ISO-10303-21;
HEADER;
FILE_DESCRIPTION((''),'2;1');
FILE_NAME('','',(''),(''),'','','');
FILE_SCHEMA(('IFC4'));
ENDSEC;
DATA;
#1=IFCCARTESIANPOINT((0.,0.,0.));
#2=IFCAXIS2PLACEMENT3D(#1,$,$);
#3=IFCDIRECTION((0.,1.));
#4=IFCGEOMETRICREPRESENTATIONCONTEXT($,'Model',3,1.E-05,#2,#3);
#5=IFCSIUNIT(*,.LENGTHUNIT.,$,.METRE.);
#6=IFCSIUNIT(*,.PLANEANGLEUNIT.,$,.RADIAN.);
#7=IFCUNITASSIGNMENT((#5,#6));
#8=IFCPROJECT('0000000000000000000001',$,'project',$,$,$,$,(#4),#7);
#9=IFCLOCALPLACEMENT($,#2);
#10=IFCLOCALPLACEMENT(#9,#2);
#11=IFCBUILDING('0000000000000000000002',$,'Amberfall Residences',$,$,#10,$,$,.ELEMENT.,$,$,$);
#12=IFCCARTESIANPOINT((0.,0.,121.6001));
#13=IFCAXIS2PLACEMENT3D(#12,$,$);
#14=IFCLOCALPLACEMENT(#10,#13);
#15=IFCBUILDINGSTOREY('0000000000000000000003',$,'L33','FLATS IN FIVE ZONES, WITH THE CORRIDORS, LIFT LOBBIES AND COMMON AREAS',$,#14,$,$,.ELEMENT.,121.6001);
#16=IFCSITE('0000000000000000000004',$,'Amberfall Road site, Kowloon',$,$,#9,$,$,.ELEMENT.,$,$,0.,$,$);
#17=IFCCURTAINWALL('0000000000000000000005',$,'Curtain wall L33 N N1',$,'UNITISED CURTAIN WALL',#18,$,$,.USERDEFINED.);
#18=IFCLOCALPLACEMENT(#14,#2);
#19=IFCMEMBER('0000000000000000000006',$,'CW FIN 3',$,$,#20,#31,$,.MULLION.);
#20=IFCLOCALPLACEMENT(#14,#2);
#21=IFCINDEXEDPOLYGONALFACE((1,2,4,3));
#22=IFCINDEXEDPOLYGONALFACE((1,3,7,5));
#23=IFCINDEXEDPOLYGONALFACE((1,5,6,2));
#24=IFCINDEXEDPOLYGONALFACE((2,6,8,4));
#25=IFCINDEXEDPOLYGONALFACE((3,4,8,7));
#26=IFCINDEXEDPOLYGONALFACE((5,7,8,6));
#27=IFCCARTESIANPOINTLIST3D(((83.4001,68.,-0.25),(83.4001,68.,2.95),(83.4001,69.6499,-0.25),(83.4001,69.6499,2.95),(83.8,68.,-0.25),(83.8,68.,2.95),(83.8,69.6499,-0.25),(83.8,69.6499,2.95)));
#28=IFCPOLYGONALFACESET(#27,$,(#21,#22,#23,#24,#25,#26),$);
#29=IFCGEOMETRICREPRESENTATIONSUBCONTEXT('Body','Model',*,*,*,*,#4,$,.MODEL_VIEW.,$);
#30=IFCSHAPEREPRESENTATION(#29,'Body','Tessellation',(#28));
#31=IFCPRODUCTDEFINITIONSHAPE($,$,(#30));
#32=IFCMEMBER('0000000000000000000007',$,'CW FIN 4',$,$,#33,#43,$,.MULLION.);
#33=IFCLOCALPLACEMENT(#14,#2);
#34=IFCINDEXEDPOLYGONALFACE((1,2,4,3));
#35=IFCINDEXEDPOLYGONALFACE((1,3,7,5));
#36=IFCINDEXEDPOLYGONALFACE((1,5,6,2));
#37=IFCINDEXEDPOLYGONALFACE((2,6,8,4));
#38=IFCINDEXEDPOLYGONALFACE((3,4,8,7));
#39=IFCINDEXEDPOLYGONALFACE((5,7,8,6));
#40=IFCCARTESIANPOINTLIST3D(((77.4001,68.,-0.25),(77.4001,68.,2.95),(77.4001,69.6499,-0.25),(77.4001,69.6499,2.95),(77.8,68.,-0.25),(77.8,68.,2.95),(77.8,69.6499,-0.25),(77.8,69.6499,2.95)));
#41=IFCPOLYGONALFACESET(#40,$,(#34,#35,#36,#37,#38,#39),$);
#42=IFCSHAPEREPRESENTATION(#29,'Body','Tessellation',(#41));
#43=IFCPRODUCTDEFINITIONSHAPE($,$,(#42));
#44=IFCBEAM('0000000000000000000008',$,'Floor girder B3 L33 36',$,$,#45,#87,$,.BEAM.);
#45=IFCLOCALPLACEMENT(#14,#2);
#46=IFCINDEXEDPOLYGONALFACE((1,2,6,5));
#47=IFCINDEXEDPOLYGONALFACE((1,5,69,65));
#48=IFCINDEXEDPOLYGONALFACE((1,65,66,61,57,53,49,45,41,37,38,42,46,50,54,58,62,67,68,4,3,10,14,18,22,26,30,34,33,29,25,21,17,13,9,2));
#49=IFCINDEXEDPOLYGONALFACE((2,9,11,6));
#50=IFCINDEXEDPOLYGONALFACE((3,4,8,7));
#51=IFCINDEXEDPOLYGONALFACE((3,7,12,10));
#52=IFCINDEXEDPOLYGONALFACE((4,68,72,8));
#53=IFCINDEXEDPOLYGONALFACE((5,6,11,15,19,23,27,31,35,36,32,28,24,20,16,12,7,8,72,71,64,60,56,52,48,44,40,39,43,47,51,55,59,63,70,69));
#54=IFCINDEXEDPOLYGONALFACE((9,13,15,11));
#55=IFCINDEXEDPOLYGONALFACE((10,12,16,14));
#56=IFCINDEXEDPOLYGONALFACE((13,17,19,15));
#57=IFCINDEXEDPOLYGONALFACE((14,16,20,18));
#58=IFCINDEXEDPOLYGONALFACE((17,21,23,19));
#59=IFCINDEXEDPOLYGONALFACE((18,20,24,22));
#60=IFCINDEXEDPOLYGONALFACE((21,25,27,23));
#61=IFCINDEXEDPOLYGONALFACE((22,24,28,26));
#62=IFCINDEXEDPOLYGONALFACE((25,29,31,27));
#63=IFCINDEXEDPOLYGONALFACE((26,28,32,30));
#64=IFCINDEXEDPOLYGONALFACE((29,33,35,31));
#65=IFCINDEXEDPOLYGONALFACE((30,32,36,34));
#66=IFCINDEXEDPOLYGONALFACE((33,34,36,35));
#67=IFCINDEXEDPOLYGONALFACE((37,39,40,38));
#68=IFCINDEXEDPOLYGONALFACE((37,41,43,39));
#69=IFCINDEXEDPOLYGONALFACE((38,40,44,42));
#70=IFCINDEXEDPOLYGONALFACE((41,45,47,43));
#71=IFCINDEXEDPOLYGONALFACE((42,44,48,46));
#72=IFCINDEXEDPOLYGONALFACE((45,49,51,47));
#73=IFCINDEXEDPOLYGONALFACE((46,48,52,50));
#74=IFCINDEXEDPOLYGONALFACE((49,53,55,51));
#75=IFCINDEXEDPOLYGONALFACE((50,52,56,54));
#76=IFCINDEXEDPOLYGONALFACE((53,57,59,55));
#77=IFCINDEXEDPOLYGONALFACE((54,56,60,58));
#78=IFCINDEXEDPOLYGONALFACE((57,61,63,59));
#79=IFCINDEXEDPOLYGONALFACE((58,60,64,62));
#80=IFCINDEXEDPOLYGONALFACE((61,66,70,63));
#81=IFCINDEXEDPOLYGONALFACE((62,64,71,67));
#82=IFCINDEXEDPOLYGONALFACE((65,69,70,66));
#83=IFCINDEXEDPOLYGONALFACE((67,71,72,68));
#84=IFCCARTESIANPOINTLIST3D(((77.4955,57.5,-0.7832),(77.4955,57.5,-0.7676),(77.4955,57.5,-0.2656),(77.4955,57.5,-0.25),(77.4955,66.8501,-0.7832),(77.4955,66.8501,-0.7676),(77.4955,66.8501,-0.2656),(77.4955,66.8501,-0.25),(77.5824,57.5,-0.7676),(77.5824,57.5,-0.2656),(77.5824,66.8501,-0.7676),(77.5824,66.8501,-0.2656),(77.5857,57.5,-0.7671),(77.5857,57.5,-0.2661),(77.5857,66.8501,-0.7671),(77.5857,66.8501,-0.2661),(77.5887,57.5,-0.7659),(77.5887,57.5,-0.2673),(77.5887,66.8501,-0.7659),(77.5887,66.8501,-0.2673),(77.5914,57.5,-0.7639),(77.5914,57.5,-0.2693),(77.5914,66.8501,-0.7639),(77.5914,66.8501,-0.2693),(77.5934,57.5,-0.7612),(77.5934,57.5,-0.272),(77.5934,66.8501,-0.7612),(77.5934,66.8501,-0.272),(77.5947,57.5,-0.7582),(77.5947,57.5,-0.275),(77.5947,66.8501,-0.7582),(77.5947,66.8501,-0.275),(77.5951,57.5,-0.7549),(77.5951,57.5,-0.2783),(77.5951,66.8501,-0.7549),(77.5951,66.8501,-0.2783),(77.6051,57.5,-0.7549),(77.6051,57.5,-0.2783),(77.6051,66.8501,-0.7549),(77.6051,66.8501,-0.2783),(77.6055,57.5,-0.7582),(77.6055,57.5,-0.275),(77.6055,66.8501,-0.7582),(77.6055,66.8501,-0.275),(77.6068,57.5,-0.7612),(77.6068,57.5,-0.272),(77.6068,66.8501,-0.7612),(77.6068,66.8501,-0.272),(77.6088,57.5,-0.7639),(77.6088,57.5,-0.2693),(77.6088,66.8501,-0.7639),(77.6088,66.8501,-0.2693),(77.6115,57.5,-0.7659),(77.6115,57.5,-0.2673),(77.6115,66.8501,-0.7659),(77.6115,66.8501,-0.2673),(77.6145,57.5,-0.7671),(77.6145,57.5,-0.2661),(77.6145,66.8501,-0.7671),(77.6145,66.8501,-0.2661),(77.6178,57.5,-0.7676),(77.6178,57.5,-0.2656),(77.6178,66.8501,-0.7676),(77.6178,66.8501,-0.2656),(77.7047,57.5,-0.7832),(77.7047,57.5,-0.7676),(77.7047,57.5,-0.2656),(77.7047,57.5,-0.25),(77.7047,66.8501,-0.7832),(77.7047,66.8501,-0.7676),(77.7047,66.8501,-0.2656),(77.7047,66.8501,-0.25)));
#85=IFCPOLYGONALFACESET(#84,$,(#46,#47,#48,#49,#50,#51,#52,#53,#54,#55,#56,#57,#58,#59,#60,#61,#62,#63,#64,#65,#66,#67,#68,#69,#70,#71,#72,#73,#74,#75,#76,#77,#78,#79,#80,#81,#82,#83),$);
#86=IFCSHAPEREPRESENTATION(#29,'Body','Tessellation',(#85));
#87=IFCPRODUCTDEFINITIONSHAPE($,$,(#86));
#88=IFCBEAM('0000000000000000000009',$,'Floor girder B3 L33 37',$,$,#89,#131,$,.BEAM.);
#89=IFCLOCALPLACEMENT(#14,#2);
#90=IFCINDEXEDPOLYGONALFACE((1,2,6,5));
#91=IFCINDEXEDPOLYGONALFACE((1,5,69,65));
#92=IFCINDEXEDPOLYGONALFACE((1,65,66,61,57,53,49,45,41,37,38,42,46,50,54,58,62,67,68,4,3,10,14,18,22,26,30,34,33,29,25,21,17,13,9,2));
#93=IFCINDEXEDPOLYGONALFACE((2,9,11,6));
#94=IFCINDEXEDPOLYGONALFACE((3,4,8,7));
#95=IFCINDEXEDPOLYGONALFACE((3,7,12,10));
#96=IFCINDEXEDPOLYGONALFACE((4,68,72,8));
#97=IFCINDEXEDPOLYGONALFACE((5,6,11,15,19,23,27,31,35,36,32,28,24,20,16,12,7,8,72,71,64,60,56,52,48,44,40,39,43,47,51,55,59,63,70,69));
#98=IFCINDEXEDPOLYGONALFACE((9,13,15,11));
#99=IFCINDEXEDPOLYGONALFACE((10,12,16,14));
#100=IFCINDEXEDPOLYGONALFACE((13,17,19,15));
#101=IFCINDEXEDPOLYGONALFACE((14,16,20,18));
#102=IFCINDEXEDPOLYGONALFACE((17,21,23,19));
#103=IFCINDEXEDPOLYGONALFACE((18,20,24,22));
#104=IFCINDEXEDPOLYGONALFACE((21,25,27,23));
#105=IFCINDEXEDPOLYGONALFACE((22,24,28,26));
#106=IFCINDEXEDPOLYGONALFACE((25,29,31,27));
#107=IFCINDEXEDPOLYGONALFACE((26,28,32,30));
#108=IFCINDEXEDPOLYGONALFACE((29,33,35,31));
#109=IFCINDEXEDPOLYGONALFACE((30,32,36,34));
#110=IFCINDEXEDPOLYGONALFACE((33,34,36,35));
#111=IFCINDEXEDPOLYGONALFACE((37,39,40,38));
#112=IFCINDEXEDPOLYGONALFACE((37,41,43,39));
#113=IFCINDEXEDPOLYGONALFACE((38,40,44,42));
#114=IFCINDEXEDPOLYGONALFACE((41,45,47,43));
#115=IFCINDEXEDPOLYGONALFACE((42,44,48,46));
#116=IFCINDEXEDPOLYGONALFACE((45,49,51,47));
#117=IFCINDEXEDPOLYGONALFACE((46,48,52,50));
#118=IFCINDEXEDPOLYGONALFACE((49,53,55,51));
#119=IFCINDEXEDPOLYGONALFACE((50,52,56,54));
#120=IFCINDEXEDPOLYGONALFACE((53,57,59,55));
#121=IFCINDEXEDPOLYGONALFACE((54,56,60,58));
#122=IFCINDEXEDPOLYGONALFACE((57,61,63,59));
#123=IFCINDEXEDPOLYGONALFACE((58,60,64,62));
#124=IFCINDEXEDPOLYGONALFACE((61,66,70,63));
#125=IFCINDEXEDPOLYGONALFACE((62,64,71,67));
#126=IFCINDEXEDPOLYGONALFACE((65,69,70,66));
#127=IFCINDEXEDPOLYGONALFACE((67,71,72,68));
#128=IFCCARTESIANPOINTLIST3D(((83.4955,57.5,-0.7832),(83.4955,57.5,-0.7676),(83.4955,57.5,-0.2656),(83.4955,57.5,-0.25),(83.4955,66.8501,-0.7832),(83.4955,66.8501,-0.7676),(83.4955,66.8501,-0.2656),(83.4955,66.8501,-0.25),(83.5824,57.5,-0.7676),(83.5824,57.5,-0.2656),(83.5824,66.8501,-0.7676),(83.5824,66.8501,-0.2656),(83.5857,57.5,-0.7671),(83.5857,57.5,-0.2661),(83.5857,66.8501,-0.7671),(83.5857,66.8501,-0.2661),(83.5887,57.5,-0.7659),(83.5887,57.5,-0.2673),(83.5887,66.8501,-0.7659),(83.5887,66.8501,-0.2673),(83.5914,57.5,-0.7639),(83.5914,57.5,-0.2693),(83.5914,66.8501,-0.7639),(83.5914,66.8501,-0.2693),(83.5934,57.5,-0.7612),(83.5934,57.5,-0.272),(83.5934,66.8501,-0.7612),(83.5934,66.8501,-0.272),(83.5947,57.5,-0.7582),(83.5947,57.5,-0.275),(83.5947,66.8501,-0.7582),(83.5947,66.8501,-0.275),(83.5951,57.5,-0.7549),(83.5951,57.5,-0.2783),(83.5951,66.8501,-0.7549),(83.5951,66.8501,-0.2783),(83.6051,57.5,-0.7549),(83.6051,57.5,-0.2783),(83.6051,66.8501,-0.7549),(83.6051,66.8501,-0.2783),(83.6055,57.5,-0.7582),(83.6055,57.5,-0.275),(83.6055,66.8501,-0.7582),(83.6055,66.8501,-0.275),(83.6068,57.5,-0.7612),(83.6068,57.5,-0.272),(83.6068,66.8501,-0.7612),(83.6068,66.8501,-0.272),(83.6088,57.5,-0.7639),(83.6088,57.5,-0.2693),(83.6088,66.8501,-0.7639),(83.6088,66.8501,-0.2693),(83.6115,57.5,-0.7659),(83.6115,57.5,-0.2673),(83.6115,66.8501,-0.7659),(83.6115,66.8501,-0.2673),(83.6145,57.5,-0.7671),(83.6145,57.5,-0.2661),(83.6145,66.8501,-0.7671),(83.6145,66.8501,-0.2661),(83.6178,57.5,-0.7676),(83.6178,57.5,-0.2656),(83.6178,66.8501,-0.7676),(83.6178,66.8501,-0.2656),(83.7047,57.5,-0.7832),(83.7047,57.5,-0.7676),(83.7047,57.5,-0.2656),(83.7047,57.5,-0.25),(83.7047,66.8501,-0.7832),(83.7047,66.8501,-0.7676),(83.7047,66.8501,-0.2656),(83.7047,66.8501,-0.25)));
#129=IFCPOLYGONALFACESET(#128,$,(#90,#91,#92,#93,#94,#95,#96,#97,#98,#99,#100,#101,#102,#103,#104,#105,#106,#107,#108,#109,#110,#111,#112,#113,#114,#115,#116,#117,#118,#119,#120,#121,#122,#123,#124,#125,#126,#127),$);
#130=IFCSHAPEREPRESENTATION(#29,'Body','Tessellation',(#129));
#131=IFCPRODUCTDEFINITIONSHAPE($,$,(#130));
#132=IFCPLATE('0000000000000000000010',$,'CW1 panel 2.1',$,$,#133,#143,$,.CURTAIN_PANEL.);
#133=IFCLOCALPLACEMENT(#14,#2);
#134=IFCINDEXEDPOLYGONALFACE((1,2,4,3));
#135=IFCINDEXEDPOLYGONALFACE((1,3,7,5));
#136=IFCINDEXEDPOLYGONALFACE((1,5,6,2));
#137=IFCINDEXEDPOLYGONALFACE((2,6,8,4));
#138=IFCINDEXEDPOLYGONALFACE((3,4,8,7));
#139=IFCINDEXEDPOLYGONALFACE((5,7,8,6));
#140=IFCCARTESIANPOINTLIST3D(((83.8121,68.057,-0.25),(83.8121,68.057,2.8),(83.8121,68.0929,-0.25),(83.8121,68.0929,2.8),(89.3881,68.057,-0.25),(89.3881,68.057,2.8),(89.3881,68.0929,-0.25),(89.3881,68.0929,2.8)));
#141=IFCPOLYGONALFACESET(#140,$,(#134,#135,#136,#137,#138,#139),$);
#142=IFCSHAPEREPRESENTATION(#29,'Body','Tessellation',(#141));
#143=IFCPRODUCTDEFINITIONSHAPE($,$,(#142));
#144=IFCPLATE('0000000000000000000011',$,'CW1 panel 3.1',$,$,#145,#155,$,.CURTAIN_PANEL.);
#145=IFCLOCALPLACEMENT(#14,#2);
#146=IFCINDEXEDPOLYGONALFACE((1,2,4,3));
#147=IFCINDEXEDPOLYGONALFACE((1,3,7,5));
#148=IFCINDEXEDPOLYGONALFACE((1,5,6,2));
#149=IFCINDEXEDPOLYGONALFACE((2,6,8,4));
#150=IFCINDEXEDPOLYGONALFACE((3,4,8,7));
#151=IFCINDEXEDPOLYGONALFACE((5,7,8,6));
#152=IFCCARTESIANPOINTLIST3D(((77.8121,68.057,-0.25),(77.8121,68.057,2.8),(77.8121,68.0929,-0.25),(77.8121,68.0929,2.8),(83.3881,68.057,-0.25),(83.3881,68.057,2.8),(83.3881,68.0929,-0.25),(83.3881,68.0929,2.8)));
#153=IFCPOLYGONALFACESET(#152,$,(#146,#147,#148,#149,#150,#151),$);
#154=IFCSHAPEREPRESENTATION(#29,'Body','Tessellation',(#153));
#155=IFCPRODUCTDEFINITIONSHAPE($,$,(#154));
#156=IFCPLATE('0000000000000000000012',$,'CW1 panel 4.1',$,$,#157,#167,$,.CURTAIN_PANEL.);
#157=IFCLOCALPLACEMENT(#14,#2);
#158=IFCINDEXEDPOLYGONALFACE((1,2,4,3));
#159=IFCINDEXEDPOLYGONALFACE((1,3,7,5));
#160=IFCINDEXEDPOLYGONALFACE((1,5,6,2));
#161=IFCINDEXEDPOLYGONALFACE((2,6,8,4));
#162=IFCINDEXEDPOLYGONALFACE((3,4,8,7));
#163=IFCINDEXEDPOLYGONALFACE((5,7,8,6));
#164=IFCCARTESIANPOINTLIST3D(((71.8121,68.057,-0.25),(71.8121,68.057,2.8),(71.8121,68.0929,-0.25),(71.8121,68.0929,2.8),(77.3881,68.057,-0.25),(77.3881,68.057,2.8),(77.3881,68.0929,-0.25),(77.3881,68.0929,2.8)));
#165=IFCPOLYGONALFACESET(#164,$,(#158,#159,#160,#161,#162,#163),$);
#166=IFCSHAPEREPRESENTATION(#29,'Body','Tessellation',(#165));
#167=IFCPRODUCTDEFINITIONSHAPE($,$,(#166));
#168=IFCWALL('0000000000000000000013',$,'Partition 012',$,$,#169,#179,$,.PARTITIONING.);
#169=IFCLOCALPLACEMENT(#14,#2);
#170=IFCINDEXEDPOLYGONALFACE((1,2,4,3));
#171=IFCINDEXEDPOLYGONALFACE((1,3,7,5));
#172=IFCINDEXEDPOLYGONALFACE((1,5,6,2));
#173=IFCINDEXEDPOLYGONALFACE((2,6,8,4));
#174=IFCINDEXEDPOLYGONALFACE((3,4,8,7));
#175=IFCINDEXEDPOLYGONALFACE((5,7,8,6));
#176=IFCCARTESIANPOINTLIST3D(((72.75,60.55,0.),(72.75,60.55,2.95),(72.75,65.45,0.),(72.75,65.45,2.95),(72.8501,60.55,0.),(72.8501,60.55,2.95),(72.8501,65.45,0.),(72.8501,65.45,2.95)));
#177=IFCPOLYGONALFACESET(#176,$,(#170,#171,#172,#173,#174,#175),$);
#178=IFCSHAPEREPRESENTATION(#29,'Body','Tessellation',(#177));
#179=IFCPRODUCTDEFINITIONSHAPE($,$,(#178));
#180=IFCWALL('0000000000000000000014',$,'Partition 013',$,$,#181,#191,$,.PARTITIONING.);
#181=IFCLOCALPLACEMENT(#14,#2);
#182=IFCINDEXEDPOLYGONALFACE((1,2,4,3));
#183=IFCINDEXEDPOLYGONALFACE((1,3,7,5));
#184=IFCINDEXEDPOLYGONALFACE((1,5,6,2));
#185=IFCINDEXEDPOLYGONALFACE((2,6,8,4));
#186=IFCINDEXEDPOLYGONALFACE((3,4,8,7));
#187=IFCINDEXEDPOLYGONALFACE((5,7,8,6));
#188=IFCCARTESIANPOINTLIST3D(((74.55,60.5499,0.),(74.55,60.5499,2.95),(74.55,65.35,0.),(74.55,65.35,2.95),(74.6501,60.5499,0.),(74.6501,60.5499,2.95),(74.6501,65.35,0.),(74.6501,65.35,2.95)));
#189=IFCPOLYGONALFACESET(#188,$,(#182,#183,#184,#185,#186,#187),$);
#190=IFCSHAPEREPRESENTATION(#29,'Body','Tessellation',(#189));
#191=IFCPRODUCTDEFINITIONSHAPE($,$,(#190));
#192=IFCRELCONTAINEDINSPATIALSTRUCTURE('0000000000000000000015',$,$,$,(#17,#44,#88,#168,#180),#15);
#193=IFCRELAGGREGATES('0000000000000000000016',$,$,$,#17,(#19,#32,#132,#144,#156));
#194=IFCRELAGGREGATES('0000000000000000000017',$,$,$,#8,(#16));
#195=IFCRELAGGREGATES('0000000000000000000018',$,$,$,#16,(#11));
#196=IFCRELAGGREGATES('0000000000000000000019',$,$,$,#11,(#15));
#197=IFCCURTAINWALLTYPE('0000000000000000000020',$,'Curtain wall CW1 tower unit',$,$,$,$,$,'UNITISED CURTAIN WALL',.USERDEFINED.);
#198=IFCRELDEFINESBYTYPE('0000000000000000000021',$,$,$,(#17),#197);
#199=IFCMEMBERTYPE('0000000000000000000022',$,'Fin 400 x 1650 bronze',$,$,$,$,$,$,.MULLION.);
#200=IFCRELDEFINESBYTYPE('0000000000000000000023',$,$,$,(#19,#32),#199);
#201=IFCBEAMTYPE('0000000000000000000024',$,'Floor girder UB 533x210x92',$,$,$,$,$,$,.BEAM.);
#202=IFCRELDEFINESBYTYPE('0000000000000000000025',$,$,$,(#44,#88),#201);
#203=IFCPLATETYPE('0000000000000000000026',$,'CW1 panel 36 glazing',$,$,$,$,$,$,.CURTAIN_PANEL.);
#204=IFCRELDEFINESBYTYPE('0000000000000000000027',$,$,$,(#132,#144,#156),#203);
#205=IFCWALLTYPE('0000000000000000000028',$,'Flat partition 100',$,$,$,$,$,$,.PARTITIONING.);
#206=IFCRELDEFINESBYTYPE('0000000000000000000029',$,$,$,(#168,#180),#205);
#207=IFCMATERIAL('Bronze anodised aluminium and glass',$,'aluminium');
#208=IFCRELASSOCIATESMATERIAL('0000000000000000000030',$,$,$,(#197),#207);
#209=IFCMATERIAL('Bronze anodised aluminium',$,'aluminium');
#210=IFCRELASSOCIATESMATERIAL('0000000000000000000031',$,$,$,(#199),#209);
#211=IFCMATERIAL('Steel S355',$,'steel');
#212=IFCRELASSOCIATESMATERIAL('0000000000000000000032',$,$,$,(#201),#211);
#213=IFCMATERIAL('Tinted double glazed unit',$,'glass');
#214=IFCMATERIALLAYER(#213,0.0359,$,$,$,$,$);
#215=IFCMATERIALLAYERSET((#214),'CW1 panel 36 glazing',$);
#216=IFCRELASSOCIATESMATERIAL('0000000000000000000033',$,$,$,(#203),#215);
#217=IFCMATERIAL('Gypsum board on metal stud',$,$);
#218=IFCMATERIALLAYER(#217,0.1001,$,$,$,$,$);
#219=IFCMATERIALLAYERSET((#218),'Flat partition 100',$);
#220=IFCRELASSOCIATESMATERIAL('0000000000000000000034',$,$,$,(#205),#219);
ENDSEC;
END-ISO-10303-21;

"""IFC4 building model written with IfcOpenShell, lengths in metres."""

from ifc_helpers import new_model, si_unit, direction, frame, frame_2d, origin, origin_2d, place, context, subcontext, project, spatial, rectangle, i_section, extrude, material, layer, layer_set, material_profile, profile_set, type_object, element, aggregate, save


model = new_model("IFC4")

# Units and contexts
model_context = context("Model", 3, precision=1e-05, world=origin(), true_north=direction((0.0, 1.0)))
body_context = subcontext(model_context, "Body", "Model", "MODEL_VIEW")
ifc_project = project(units=[si_unit("LENGTHUNIT", "METRE"), si_unit("PLANEANGLEUNIT", "RADIAN")], contexts=[model_context])

# Site, building, storey
site_placement = place(None, origin())
site = spatial("IfcSite", under=ifc_project, at=site_placement, Name="Amberfall Road site, Kowloon", CompositionType="ELEMENT", RefElevation=0.0)
building_placement = place(site_placement, origin())
building = spatial("IfcBuilding", under=site, at=building_placement, Name="Amberfall Residences", CompositionType="ELEMENT")
storey_placement = place(building_placement, frame((0.0, 0.0, 121.6001)))
storey = spatial("IfcBuildingStorey", under=building, at=storey_placement, Name="L33", Description="FLATS IN FIVE ZONES, WITH THE CORRIDORS, LIFT LOBBIES AND COMMON AREAS", CompositionType="ELEMENT", Elevation=121.6001)

# Curtain wall
ifc_material_1 = material(Name="Bronze anodised aluminium and glass", Category="aluminium")
curtain_wall_type = type_object("IfcCurtainWallType", Name="Curtain wall CW1 tower unit", ElementType="UNITISED CURTAIN WALL", PredefinedType="USERDEFINED", material=ifc_material_1)
curtain_wall_placement = place(storey_placement, origin())
curtain_wall = element("IfcCurtainWall", 1, at=curtain_wall_placement, inside=storey, type_object=curtain_wall_type, Name="Curtain wall L33 N N1", ObjectType="UNITISED CURTAIN WALL", PredefinedType="USERDEFINED")
ifc_material_2 = material(Name="Bronze anodised aluminium", Category="aluminium")

# Shared definitions
ifc_material_3 = material(Name="Steel S355", Category="steel")

# Members
ifc_material_profile_1 = material_profile(ifc_material_2, rectangle(XDim=1.6499, YDim=0.3999, at=origin_2d()), Name="Fin 400 x 1650 bronze")
ifc_profile_set_1 = profile_set([ifc_material_profile_1], Name="Bronze anodised aluminium")
member_type_1 = type_object("IfcMemberType", Name="Fin 400 x 1650 bronze", PredefinedType="MULLION", material=ifc_profile_set_1)
member_1_placement = place(storey_placement, frame((83.6001, 68.825, -0.25), z_axis=(0.0, 0.0, 1.0), x_axis=(0.0, -1.0, 0.0)))
member_1 = element("IfcMember", 2, at=member_1_placement, type_object=member_type_1, Name="CW FIN 3", PredefinedType="MULLION", context=body_context, shape_type="SweptSolid", body=[
    extrude(rectangle(XDim=1.6499, YDim=0.3999, at=origin_2d()), origin(), (0.0, 0.0, 1.0), 3.2),
])
member_2_placement = place(storey_placement, frame((77.6001, 68.825, -0.25), z_axis=(0.0, 0.0, 1.0), x_axis=(0.0, -1.0, 0.0)))
member_2 = element("IfcMember", 3, at=member_2_placement, type_object=member_type_1, Name="CW FIN 4", PredefinedType="MULLION", context=body_context, shape_type="SweptSolid", body=[
    extrude(rectangle(XDim=1.6499, YDim=0.3999, at=origin_2d()), origin(), (0.0, 0.0, 1.0), 3.2),
])

# Beams
ifc_material_profile_2 = material_profile(ifc_material_3, i_section(OverallWidth=0.2092, OverallDepth=0.5332, WebThickness=0.01, FlangeThickness=0.0156, FilletRadius=0.0127, at=origin_2d()), Name="UB 533x210x92")
ifc_profile_set_2 = profile_set([ifc_material_profile_2], Name="Steel S355")
beam_type_1 = type_object("IfcBeamType", Name="Floor girder UB 533x210x92", PredefinedType="BEAM", material=ifc_profile_set_2)
for number, where, z_axis, x_axis, name in (
    (4, (77.6001, 66.8501, -0.5166), (0.0, -1.0, 0.0), (1.0, 0.0, 0.0), "Floor girder B3 L33 36"),
    (5, (83.6001, 66.8501, -0.5166), (0.0, -1.0, 0.0), (1.0, 0.0, 0.0), "Floor girder B3 L33 37"),
):
    element("IfcBeam", number, at=place(storey_placement, frame(where, z_axis=z_axis, x_axis=x_axis)), inside=storey, type_object=beam_type_1, Name=name, PredefinedType="BEAM", context=body_context, shape_type="SweptSolid", body=[
        extrude(i_section(OverallWidth=0.2092, OverallDepth=0.5332, WebThickness=0.01, FlangeThickness=0.0156, FilletRadius=0.0127, at=origin_2d()), origin(), (0.0, 0.0, 1.0), 9.3501),
    ])

# Plates
ifc_material_4 = material(Name="Tinted double glazed unit", Category="glass")
ifc_layer_1 = layer(ifc_material_4, 0.0359)
ifc_layer_set_1 = layer_set([ifc_layer_1], Name="CW1 panel 36 glazing")
plate_type = type_object("IfcPlateType", Name="CW1 panel 36 glazing", PredefinedType="CURTAIN_PANEL", material=ifc_layer_set_1)
plate_1_placement = place(storey_placement, frame((86.6001, 68.075, -0.25), z_axis=(0.0, 0.0, 1.0), x_axis=(-1.0, 0.0, 0.0)))
plate_1 = element("IfcPlate", 6, at=plate_1_placement, type_object=plate_type, Name="CW1 panel 2.1", PredefinedType="CURTAIN_PANEL", context=body_context, shape_type="SweptSolid", body=[
    extrude(rectangle(XDim=5.5759, YDim=0.0359, at=origin_2d()), origin(), (0.0, 0.0, 1.0), 3.05),
])
plate_2_placement = place(storey_placement, frame((80.6001, 68.075, -0.25), z_axis=(0.0, 0.0, 1.0), x_axis=(-1.0, 0.0, 0.0)))
plate_2 = element("IfcPlate", 7, at=plate_2_placement, type_object=plate_type, Name="CW1 panel 3.1", PredefinedType="CURTAIN_PANEL", context=body_context, shape_type="SweptSolid", body=[
    extrude(rectangle(XDim=5.5759, YDim=0.0359, at=origin_2d()), origin(), (0.0, 0.0, 1.0), 3.05),
])
plate_3_placement = place(storey_placement, frame((74.6001, 68.075, -0.25), z_axis=(0.0, 0.0, 1.0), x_axis=(-1.0, 0.0, 0.0)))
plate_3 = element("IfcPlate", 8, at=plate_3_placement, type_object=plate_type, Name="CW1 panel 4.1", PredefinedType="CURTAIN_PANEL", context=body_context, shape_type="SweptSolid", body=[
    extrude(rectangle(XDim=5.5759, YDim=0.0359, at=origin_2d()), origin(), (0.0, 0.0, 1.0), 3.05),
])
aggregate(curtain_wall, [member_1, member_2, plate_1, plate_2, plate_3])

# Walls
ifc_material_5 = material(Name="Gypsum board on metal stud")
ifc_layer_2 = layer(ifc_material_5, 0.1001)
ifc_layer_set_2 = layer_set([ifc_layer_2], Name="Flat partition 100")
wall_type_1 = type_object("IfcWallType", Name="Flat partition 100", PredefinedType="PARTITIONING", material=ifc_layer_set_2)
wall_1_placement = place(storey_placement, frame((72.8, 60.55, 0.0), z_axis=(0.0, 0.0, 1.0), x_axis=(0.0, 1.0, 0.0)))
element("IfcWall", 9, at=wall_1_placement, inside=storey, type_object=wall_type_1, Name="Partition 012", PredefinedType="PARTITIONING", context=body_context, shape_type="SweptSolid", body=[
    extrude(rectangle(XDim=4.8999, YDim=0.1001, at=frame_2d((2.45, 0.0))), origin(), (0.0, 0.0, 1.0), 2.95),
])
wall_2_placement = place(storey_placement, frame((74.6001, 60.55, 0.0), z_axis=(0.0, 0.0, 1.0), x_axis=(0.0, 1.0, 0.0)))
element("IfcWall", 10, at=wall_2_placement, inside=storey, type_object=wall_type_1, Name="Partition 013", PredefinedType="PARTITIONING", context=body_context, shape_type="SweptSolid", body=[
    extrude(rectangle(XDim=4.8, YDim=0.1001, at=frame_2d((2.3999, 0.0))), origin(), (0.0, 0.0, 1.0), 2.95),
])

save(model, "model.ifc")
